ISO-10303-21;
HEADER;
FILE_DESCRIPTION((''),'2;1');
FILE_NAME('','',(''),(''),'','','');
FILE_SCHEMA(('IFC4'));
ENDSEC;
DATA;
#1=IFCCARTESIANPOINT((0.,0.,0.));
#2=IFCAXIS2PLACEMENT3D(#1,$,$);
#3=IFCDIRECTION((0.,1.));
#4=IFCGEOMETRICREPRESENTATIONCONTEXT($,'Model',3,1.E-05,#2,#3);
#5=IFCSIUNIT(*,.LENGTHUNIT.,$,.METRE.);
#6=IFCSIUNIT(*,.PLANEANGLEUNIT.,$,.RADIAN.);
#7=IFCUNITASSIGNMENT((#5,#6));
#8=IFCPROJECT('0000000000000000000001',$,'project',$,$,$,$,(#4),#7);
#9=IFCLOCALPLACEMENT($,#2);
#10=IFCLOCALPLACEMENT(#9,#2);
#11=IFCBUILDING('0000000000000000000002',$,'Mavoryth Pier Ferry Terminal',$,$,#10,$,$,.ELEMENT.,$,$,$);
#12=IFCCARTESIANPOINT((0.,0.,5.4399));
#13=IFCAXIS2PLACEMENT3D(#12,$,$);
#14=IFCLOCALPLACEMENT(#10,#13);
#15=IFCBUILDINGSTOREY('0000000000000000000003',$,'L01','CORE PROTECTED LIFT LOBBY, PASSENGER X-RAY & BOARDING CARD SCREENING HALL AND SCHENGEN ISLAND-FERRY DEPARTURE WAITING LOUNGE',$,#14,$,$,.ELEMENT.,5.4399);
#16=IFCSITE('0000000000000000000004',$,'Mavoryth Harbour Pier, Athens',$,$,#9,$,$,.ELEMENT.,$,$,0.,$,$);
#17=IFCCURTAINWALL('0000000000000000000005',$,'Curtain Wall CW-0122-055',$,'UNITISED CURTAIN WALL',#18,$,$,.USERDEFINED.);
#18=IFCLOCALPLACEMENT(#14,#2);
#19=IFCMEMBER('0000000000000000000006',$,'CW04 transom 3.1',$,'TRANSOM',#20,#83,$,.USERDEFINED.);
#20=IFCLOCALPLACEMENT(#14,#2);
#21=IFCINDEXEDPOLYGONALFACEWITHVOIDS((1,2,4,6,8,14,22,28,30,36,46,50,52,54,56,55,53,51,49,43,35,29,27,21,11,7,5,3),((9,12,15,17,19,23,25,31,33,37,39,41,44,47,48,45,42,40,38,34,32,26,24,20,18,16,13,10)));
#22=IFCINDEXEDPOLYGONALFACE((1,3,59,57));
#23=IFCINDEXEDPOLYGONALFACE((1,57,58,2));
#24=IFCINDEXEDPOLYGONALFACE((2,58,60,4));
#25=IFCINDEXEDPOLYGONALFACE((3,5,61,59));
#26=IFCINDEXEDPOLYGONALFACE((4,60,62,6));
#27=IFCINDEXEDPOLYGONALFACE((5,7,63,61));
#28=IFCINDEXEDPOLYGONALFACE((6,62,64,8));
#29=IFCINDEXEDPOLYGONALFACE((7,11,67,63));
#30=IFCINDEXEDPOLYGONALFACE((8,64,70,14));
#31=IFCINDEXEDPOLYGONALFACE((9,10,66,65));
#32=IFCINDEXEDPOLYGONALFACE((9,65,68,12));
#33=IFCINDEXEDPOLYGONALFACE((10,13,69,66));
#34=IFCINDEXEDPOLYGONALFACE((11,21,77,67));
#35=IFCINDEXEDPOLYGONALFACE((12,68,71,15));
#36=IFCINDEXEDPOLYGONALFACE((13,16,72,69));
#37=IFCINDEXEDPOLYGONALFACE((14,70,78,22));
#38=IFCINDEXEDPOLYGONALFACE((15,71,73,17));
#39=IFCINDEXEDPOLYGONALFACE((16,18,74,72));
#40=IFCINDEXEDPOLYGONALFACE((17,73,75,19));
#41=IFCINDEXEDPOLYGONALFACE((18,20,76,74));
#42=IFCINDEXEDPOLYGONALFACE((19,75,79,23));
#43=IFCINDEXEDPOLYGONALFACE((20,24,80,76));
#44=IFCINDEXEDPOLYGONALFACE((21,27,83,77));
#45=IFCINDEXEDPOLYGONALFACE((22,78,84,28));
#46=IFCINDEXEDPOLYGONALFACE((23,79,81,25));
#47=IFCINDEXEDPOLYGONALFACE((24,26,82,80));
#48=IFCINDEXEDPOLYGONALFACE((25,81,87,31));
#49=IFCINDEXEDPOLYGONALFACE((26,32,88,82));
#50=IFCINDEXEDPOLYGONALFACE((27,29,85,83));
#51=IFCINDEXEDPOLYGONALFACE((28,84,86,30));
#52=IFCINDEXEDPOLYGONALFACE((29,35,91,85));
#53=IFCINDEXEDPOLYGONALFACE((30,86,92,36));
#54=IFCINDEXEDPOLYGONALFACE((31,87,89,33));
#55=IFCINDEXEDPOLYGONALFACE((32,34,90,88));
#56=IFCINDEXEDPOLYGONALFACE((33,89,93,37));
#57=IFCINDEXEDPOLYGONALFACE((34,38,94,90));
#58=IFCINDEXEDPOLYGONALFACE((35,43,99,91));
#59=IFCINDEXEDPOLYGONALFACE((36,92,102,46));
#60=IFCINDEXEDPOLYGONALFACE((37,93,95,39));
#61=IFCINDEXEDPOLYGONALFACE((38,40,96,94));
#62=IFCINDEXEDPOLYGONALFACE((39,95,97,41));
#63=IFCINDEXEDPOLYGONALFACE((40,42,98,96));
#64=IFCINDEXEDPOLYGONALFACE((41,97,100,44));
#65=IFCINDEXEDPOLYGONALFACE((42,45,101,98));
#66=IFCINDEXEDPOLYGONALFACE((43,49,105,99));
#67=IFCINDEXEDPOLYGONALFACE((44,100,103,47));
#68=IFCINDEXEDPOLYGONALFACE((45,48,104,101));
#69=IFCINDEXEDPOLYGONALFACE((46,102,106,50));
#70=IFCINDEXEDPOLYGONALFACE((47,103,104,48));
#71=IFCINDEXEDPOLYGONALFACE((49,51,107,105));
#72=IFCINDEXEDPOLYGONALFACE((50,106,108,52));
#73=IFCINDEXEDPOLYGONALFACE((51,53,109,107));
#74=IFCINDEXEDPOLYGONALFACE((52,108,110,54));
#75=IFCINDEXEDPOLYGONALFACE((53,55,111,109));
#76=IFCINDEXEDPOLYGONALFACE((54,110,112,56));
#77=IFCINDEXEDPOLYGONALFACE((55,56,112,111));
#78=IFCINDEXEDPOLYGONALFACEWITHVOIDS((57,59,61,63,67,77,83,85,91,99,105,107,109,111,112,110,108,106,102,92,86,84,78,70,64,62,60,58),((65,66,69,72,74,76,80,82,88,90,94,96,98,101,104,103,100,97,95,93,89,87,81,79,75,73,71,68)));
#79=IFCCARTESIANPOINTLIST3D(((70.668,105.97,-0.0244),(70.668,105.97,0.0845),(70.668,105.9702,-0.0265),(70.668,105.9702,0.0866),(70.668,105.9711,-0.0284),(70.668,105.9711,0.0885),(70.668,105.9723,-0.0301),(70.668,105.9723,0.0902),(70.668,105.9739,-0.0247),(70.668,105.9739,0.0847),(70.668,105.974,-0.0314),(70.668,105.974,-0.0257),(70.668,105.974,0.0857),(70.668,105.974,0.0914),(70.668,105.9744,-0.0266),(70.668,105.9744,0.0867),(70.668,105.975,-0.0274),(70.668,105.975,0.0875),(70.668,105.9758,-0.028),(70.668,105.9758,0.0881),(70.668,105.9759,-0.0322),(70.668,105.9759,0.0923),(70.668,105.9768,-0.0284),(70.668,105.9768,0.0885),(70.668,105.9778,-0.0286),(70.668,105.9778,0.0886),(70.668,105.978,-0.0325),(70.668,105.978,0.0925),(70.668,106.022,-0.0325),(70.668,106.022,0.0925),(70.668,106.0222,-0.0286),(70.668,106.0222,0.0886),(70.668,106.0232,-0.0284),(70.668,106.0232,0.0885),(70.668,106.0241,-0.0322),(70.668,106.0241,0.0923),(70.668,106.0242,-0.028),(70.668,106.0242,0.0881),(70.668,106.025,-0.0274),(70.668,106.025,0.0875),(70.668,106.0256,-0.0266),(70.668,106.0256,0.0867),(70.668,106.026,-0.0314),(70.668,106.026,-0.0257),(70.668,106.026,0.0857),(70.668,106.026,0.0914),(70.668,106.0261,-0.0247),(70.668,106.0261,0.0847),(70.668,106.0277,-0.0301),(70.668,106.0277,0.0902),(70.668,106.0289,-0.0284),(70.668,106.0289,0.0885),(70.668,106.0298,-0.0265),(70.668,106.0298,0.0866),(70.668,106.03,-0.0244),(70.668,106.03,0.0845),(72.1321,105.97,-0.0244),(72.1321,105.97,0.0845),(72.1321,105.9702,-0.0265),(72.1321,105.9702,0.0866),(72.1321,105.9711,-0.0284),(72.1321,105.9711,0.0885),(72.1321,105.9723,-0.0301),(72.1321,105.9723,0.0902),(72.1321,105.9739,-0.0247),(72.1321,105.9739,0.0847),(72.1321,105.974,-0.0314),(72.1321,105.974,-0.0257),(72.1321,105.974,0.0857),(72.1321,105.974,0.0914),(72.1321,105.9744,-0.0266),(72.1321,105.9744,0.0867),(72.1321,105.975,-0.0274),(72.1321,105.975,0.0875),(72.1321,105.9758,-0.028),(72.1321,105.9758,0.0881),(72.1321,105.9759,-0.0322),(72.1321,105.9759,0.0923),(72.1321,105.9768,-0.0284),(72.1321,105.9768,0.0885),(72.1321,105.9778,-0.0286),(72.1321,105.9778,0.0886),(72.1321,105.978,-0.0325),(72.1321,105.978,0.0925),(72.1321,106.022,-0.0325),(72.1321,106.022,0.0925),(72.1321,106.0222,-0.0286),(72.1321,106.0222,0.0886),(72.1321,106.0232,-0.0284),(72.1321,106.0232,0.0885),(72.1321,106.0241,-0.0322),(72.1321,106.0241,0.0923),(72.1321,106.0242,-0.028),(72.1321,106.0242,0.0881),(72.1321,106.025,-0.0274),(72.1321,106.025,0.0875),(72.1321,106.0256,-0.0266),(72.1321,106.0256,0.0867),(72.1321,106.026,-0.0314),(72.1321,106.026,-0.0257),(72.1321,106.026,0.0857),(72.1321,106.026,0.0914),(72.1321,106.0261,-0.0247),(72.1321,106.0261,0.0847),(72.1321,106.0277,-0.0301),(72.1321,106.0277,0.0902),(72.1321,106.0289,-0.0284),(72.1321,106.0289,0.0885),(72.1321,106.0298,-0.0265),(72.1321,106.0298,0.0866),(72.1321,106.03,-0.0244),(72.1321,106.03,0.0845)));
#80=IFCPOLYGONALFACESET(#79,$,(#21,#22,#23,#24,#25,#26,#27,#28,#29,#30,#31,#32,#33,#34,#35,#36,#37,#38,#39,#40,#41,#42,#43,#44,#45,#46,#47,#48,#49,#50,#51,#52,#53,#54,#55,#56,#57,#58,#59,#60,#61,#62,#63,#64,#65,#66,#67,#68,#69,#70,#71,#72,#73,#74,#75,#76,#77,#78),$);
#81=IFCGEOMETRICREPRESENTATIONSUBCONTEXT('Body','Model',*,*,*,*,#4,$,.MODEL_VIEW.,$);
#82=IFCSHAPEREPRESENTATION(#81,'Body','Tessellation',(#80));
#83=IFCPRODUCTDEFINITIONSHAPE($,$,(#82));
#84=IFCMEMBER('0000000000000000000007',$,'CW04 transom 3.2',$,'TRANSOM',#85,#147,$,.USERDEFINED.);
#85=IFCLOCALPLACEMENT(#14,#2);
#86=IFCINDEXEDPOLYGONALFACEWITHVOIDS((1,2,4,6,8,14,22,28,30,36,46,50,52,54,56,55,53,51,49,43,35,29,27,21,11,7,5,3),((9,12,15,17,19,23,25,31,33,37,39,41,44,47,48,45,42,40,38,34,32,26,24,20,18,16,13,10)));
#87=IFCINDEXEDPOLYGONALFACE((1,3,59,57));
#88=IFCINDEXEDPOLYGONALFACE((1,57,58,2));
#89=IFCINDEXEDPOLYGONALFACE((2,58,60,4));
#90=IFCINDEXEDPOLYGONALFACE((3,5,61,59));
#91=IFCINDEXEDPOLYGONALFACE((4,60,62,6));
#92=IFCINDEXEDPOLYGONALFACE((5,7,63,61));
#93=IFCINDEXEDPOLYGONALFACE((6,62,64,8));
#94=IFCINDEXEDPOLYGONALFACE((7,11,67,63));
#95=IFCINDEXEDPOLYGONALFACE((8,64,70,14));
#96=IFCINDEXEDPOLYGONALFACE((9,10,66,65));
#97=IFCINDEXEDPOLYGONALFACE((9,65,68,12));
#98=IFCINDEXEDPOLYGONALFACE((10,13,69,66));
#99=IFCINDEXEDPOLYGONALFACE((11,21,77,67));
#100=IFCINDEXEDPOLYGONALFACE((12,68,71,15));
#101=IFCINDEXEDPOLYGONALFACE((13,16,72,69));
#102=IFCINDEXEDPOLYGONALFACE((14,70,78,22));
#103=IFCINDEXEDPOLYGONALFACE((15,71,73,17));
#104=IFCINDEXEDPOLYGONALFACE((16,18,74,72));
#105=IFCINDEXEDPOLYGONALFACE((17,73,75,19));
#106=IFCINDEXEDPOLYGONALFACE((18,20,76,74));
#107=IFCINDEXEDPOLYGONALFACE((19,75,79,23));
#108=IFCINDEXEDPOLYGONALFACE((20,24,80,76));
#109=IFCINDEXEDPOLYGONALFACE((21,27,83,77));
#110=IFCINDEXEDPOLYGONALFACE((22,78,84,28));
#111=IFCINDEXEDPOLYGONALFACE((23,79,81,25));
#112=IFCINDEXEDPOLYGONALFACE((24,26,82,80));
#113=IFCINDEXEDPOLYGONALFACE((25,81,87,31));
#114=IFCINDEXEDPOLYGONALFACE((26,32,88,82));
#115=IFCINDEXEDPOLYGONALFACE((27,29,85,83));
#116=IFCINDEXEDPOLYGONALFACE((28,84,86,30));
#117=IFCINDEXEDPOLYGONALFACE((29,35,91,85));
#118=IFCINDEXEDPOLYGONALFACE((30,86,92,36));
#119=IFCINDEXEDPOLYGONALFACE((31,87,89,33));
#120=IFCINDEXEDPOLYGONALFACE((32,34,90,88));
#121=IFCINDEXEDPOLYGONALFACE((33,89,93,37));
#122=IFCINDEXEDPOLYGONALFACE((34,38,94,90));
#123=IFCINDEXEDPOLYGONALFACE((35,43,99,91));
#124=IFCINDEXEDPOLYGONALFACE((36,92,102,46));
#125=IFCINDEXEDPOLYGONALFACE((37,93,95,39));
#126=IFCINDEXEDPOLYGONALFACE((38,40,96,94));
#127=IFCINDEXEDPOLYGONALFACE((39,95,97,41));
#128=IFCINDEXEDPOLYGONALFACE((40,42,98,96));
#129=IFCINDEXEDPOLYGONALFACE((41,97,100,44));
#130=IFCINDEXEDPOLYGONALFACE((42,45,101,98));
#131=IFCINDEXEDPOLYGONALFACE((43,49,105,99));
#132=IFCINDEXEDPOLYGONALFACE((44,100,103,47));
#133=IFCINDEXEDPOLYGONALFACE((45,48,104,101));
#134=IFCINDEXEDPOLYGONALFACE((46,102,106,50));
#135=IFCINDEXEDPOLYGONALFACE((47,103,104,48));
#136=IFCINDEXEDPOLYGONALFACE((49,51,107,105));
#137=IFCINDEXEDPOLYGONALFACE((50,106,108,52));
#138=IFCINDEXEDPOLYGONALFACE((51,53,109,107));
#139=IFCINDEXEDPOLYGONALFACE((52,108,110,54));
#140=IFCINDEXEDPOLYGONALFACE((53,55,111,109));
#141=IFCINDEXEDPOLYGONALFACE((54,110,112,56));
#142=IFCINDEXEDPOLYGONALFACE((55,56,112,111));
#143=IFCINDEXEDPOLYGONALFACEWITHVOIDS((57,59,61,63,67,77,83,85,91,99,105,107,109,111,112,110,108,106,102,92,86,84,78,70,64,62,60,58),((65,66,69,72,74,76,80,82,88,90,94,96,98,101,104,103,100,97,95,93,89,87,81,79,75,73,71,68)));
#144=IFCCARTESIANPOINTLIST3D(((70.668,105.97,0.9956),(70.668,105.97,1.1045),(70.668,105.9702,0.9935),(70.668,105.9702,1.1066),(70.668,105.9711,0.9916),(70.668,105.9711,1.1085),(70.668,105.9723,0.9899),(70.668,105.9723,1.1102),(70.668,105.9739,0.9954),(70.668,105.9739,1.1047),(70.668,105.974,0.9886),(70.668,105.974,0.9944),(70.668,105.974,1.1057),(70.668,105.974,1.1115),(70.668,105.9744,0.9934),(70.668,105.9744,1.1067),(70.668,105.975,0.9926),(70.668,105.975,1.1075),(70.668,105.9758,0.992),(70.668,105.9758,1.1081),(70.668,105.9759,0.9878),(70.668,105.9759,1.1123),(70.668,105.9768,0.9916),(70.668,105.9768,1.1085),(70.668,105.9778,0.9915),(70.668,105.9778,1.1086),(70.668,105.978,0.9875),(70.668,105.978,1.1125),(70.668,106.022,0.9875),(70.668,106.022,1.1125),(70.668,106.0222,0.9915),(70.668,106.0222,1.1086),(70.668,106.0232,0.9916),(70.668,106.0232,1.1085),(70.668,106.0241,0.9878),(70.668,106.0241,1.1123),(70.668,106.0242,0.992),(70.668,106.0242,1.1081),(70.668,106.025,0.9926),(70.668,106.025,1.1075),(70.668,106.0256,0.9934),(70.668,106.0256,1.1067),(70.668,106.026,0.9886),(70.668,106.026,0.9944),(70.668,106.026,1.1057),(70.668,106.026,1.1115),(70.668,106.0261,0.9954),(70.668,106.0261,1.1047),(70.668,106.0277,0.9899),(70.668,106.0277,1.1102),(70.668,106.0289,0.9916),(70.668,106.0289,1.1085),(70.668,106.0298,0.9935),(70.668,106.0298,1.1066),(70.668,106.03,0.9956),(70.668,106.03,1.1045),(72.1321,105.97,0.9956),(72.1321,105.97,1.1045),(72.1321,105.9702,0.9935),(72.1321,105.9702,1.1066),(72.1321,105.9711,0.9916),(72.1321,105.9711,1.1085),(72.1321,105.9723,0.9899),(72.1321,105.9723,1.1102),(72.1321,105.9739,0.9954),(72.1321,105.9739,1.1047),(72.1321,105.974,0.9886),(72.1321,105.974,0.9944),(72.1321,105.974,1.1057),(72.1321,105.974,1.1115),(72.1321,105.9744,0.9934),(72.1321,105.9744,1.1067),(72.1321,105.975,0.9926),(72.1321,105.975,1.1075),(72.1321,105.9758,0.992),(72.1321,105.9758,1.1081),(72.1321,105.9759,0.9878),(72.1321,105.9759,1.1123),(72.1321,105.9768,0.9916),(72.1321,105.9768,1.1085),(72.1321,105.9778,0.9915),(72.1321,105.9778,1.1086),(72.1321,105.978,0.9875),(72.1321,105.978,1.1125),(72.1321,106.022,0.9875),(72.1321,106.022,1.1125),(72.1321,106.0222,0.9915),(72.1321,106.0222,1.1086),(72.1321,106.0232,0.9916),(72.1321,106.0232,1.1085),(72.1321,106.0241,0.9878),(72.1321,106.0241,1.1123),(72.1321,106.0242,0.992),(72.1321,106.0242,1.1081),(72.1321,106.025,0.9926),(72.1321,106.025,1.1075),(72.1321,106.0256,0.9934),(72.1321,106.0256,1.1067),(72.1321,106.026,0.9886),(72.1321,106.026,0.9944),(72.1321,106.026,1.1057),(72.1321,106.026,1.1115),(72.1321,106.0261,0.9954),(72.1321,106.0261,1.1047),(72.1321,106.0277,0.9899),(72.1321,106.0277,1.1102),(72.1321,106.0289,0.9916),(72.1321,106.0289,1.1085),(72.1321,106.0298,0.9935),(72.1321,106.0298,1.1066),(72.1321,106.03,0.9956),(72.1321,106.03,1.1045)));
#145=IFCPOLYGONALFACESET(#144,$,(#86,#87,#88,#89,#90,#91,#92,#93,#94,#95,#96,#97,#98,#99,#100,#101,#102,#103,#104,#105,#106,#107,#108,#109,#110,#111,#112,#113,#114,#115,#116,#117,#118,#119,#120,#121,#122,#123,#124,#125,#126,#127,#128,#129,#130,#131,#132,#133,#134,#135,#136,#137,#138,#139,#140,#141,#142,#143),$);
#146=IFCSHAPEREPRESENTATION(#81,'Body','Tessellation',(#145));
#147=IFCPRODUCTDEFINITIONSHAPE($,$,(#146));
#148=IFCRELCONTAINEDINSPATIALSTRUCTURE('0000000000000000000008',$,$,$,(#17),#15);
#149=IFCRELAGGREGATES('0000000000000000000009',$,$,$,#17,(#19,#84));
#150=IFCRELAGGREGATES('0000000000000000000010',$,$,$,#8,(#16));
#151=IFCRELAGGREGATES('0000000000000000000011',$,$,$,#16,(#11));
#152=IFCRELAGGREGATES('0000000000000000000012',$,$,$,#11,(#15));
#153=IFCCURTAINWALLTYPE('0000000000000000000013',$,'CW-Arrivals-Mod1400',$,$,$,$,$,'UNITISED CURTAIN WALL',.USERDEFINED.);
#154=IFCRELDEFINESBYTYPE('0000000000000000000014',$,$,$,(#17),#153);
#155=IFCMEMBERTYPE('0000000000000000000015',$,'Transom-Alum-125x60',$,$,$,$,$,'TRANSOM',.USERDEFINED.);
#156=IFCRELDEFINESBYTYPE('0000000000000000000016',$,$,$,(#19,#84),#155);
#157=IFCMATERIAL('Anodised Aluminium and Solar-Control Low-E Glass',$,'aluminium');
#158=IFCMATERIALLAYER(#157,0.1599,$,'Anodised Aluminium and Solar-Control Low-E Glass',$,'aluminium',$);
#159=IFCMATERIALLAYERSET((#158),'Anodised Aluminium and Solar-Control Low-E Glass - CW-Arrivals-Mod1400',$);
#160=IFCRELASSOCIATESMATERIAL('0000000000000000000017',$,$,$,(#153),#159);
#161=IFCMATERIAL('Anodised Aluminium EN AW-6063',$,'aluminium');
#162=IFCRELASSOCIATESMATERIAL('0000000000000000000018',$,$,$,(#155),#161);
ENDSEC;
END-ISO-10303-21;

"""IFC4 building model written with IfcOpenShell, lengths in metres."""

from ifc_helpers import new_model, si_unit, direction, frame, origin, origin_2d, place, context, subcontext, project, spatial, hollow_rectangle, extrude, material, layer, layer_set, material_profile, profile_set, type_object, element, aggregate, save


model = new_model("IFC4")

# Units and contexts
model_context = context("Model", 3, precision=1e-05, world=origin(), true_north=direction((0.0, 1.0)))
body_context = subcontext(model_context, "Body", "Model", "MODEL_VIEW")
ifc_project = project(units=[si_unit("LENGTHUNIT", "METRE"), si_unit("PLANEANGLEUNIT", "RADIAN")], contexts=[model_context])

# Site, building, storey
site_placement = place(None, origin())
site = spatial("IfcSite", under=ifc_project, at=site_placement, Name="Mavoryth Harbour Pier, Athens", CompositionType="ELEMENT", RefElevation=0.0)
building_placement = place(site_placement, origin())
building = spatial("IfcBuilding", under=site, at=building_placement, Name="Mavoryth Pier Ferry Terminal", CompositionType="ELEMENT")
storey_placement = place(building_placement, frame((0.0, 0.0, 5.4399)))
storey = spatial("IfcBuildingStorey", under=building, at=storey_placement, Name="L01", Description="CORE PROTECTED LIFT LOBBY, PASSENGER X-RAY & BOARDING CARD SCREENING HALL AND SCHENGEN ISLAND-FERRY DEPARTURE WAITING LOUNGE", CompositionType="ELEMENT", Elevation=5.4399)

# Curtain wall
ifc_material_1 = material(Name="Anodised Aluminium and Solar-Control Low-E Glass", Category="aluminium")
ifc_layer_1 = layer(ifc_material_1, 0.1599, Name="Anodised Aluminium and Solar-Control Low-E Glass", Category="aluminium")
ifc_layer_set_1 = layer_set([ifc_layer_1], Name="Anodised Aluminium and Solar-Control Low-E Glass - CW-Arrivals-Mod1400")
curtain_wall_type = type_object("IfcCurtainWallType", Name="CW-Arrivals-Mod1400", ElementType="UNITISED CURTAIN WALL", PredefinedType="USERDEFINED", material=ifc_layer_set_1)
curtain_wall_placement = place(storey_placement, origin())
curtain_wall = element("IfcCurtainWall", 1, at=curtain_wall_placement, inside=storey, type_object=curtain_wall_type, Name="Curtain Wall CW-0122-055", ObjectType="UNITISED CURTAIN WALL", PredefinedType="USERDEFINED")
ifc_material_2 = material(Name="Anodised Aluminium EN AW-6063", Category="aluminium")

# Members
ifc_material_profile_1 = material_profile(ifc_material_2, hollow_rectangle(XDim=0.0601, YDim=0.125, WallThickness=0.0039, InnerFilletRadius=0.0039, OuterFilletRadius=0.0081, at=origin_2d()), Name="AL-TRAN 125x60x4", Category="aluminium")
ifc_profile_set_1 = profile_set([ifc_material_profile_1], Name="Anodised Aluminium EN AW-6063 - AL-TRAN 125x60x4")
member_type_1 = type_object("IfcMemberType", Name="Transom-Alum-125x60", ElementType="TRANSOM", PredefinedType="USERDEFINED", material=ifc_profile_set_1)
member_1_placement = place(storey_placement, frame((72.1321, 106.0, 0.03), z_axis=(-1.0, 0.0, 0.0), x_axis=(0.0, -1.0, 0.0)))
member_1 = element("IfcMember", 2, at=member_1_placement, type_object=member_type_1, Name="CW04 transom 3.1", ObjectType="TRANSOM", PredefinedType="USERDEFINED", context=body_context, shape_type="SweptSolid", body=[
    extrude(hollow_rectangle(XDim=0.0601, YDim=0.125, WallThickness=0.0039, InnerFilletRadius=0.0039, OuterFilletRadius=0.0081, at=origin_2d()), origin(), (0.0, 0.0, 1.0), 1.4641),
])
member_2_placement = place(storey_placement, frame((72.1321, 106.0, 1.05), z_axis=(-1.0, 0.0, 0.0), x_axis=(0.0, -1.0, 0.0)))
member_2 = element("IfcMember", 3, at=member_2_placement, type_object=member_type_1, Name="CW04 transom 3.2", ObjectType="TRANSOM", PredefinedType="USERDEFINED", context=body_context, shape_type="SweptSolid", body=[
    extrude(hollow_rectangle(XDim=0.0601, YDim=0.125, WallThickness=0.0039, InnerFilletRadius=0.0039, OuterFilletRadius=0.0081, at=origin_2d()), origin(), (0.0, 0.0, 1.0), 1.4641),
])

aggregate(curtain_wall, [member_1, member_2])

save(model, "model.ifc")
